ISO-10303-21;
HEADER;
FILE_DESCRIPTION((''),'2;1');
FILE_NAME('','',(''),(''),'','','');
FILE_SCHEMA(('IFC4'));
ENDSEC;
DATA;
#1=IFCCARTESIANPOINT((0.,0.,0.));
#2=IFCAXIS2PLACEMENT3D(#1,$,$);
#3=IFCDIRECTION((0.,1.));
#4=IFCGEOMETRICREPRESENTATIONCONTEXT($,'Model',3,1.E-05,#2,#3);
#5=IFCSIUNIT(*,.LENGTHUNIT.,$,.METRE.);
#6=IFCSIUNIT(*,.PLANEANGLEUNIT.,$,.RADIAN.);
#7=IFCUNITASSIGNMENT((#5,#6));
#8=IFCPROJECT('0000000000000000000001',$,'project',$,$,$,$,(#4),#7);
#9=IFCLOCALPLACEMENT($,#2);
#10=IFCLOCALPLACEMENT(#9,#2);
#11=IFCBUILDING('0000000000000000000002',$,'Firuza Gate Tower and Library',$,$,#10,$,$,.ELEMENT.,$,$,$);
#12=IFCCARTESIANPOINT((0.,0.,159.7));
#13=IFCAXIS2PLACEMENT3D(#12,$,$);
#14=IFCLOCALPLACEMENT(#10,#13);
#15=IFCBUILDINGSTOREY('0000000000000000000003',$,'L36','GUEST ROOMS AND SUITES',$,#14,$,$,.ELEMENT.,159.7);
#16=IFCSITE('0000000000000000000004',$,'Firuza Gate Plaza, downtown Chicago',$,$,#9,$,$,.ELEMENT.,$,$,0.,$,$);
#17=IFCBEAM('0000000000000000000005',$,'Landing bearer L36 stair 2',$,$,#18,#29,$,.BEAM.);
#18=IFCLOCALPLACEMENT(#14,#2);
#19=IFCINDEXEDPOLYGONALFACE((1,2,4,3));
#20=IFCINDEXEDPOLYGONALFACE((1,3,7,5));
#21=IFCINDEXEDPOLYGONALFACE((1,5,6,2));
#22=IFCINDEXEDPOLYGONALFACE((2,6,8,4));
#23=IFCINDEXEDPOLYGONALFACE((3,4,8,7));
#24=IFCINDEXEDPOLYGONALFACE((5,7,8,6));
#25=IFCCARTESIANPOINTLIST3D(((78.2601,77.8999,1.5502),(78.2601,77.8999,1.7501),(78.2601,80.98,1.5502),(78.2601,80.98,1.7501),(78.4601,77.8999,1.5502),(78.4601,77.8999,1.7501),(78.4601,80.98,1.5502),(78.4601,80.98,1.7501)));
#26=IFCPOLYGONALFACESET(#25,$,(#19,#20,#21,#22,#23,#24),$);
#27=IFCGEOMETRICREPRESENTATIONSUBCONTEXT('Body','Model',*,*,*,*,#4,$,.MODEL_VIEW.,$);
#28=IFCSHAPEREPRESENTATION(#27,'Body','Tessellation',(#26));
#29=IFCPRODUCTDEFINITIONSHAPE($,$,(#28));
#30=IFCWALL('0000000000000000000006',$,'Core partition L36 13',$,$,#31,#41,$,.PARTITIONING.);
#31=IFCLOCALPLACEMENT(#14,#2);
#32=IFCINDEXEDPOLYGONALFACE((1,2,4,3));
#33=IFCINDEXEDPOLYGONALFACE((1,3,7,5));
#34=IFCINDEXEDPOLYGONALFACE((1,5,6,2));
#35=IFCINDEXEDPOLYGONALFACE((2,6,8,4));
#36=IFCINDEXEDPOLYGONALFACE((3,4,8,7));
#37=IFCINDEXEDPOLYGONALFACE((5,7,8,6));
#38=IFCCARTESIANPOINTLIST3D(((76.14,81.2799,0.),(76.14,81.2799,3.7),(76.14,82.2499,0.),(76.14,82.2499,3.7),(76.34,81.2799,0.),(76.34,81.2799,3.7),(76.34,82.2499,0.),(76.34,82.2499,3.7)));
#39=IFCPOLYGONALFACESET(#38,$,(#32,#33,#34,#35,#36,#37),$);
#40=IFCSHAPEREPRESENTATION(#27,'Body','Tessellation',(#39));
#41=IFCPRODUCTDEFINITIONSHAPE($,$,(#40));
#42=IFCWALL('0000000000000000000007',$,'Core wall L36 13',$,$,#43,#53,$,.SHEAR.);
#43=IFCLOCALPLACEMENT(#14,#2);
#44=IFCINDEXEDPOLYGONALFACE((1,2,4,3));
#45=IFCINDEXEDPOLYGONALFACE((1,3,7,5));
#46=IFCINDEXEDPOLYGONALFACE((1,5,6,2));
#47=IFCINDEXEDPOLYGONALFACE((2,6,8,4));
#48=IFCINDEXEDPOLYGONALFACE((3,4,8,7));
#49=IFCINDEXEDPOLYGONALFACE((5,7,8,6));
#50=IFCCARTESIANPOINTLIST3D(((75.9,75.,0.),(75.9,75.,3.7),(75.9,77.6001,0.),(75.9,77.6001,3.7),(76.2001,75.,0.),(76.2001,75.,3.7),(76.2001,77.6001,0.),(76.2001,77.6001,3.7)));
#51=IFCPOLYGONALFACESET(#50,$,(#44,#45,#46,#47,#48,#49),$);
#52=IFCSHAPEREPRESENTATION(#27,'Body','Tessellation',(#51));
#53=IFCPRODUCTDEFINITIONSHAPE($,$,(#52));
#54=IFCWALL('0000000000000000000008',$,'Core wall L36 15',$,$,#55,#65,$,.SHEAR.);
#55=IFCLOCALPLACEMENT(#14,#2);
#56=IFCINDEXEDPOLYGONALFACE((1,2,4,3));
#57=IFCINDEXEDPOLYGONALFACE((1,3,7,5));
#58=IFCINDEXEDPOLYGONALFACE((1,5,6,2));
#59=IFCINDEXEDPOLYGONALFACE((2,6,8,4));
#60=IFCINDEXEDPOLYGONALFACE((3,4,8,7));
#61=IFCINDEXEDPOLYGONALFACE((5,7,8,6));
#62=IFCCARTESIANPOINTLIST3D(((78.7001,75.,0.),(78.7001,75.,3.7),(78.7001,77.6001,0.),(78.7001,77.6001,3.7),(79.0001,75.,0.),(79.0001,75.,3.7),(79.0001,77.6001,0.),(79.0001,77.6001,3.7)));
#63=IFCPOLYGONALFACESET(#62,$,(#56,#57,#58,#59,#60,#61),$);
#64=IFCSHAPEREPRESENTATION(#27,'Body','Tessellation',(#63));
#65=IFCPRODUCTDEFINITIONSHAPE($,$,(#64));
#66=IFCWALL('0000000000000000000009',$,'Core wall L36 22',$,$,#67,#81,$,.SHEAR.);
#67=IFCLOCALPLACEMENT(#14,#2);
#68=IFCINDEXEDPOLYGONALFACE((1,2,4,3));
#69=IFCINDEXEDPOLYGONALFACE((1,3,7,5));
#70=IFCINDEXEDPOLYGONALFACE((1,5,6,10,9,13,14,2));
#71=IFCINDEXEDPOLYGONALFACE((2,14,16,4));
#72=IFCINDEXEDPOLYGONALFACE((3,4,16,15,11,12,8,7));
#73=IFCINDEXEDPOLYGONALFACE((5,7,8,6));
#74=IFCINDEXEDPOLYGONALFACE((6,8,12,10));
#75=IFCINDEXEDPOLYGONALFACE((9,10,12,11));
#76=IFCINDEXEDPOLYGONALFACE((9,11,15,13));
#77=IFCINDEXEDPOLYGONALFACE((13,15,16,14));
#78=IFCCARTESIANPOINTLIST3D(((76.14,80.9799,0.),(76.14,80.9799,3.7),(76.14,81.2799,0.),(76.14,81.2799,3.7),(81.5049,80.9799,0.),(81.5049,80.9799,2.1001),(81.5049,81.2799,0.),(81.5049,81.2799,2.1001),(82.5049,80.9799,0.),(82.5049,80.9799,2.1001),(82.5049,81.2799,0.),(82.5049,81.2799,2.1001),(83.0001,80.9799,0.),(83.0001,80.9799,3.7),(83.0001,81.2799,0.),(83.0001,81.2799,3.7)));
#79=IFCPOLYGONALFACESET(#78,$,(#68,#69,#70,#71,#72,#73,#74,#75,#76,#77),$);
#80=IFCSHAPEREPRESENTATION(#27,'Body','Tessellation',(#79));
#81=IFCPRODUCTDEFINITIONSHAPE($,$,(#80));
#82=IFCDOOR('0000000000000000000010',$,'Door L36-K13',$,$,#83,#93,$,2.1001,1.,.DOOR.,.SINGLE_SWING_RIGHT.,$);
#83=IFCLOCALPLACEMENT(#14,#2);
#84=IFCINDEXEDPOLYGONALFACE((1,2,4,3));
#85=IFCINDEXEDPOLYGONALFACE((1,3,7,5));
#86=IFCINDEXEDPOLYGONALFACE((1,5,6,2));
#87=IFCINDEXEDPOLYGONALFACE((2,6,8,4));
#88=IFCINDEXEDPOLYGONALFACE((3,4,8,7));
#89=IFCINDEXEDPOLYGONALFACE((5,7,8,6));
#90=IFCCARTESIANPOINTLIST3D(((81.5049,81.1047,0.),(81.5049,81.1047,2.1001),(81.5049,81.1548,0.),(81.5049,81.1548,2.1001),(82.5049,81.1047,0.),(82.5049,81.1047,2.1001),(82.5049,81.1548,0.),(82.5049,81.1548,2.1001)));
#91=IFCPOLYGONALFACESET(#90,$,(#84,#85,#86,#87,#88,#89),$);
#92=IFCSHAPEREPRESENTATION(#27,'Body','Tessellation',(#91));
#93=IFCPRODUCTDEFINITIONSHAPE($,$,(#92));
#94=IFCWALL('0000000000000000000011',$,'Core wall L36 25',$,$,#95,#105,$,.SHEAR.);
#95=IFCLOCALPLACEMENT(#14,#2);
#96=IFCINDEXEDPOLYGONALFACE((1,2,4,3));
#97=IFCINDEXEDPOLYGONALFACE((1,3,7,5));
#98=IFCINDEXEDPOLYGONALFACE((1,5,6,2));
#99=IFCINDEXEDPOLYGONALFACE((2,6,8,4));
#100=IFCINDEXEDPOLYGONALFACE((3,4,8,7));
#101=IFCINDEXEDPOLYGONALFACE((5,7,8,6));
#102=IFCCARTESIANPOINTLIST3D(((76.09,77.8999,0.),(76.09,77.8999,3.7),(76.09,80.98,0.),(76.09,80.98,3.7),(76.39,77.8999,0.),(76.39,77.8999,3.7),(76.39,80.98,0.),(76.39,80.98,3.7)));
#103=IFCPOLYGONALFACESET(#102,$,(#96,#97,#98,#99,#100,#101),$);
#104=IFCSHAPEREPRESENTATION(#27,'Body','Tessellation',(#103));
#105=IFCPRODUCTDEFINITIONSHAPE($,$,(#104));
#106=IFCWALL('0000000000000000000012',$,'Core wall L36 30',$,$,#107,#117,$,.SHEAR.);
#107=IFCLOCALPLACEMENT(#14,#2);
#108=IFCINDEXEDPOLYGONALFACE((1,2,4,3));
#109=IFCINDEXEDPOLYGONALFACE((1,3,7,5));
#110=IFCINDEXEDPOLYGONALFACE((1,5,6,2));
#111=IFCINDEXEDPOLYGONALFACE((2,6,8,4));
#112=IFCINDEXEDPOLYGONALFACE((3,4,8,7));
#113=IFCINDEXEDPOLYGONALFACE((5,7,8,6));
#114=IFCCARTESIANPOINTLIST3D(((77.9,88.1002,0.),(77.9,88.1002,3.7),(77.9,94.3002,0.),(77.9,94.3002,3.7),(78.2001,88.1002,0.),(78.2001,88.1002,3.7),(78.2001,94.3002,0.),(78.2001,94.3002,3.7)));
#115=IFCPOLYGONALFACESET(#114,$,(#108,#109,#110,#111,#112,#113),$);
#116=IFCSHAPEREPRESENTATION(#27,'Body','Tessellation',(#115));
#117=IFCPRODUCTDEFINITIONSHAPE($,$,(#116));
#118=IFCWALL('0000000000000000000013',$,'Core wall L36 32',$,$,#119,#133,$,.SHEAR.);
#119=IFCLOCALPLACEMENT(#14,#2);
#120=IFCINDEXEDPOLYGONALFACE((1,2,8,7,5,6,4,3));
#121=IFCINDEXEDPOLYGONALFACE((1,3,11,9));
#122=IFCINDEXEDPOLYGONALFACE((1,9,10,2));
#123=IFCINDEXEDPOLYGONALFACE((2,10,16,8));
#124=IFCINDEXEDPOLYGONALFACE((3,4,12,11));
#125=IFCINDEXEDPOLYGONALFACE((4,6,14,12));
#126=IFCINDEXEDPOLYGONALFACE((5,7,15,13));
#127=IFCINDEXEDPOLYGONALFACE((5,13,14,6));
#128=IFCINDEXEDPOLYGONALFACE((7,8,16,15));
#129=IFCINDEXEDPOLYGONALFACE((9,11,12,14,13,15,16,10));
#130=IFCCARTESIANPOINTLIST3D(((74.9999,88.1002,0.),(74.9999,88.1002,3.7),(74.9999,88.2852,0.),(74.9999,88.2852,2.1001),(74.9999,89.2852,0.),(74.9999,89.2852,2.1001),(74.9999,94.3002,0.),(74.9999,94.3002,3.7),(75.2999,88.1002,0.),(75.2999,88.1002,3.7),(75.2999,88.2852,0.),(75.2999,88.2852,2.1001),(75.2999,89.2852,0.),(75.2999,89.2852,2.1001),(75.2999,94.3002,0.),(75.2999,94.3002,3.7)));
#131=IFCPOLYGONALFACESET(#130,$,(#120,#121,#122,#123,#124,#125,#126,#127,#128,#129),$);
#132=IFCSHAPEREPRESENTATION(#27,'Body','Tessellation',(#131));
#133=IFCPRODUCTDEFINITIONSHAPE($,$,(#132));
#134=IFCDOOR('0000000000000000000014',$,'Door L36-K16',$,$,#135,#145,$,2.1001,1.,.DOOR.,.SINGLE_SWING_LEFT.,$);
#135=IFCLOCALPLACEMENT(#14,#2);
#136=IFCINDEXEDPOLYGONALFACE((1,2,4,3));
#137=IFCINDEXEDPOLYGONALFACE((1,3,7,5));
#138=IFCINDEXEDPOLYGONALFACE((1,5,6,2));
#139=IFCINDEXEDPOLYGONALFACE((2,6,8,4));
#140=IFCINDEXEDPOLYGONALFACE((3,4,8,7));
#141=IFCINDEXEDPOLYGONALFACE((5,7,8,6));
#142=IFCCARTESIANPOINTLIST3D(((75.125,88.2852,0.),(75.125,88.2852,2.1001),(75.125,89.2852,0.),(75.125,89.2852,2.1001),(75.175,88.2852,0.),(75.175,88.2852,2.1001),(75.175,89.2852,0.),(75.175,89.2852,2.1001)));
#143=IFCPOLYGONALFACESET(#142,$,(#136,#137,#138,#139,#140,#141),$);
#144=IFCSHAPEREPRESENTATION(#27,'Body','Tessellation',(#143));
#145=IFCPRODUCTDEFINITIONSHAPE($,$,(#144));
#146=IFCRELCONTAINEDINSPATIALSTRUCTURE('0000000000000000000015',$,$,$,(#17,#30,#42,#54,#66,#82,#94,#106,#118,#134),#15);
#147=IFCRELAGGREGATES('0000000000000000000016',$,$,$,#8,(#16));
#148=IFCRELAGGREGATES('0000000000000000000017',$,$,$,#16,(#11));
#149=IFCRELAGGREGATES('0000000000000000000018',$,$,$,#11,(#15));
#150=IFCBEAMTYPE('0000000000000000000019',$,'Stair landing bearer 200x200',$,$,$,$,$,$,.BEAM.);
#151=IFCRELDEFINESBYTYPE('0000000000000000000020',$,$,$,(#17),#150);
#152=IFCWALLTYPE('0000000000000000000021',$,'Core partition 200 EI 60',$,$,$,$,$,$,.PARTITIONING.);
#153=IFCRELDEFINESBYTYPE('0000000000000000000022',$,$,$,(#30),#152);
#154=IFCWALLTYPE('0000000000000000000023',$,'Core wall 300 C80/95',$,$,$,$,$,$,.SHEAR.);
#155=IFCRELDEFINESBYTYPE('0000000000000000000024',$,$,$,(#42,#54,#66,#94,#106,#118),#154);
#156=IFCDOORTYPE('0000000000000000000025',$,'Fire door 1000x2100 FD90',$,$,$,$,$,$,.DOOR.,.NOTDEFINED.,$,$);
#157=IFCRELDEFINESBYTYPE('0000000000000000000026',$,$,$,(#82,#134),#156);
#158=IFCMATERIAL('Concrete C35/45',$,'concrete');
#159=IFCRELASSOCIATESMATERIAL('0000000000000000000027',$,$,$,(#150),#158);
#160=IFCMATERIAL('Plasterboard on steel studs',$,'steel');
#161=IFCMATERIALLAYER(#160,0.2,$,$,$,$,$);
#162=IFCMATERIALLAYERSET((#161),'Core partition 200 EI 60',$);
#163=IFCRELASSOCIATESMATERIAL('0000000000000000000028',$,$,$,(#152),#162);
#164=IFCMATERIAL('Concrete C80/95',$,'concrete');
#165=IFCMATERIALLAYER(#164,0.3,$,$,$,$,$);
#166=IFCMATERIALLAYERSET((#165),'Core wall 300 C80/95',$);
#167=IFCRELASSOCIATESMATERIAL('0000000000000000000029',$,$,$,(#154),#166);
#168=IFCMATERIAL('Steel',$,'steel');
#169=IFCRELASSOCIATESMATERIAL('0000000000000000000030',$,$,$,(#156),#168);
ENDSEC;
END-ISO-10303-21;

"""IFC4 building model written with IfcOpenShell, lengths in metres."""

from ifc_helpers import new_model, si_unit, direction, frame, frame_2d, origin, origin_2d, place, context, subcontext, project, spatial, rectangle, extrude, material, layer, layer_set, material_profile, profile_set, type_object, element, fill, save


model = new_model("IFC4")

# Units and contexts
model_context = context("Model", 3, precision=1e-05, world=origin(), true_north=direction((0.0, 1.0)))
body_context = subcontext(model_context, "Body", "Model", "MODEL_VIEW")
ifc_project = project(units=[si_unit("LENGTHUNIT", "METRE"), si_unit("PLANEANGLEUNIT", "RADIAN")], contexts=[model_context])

# Site, building, storey
site_placement = place(None, origin())
site = spatial("IfcSite", under=ifc_project, at=site_placement, Name="Firuza Gate Plaza, downtown Chicago", CompositionType="ELEMENT", RefElevation=0.0)
building_placement = place(site_placement, origin())
building = spatial("IfcBuilding", under=site, at=building_placement, Name="Firuza Gate Tower and Library", CompositionType="ELEMENT")
storey_placement = place(building_placement, frame((0.0, 0.0, 159.7)))
storey = spatial("IfcBuildingStorey", under=building, at=storey_placement, Name="L36", Description="GUEST ROOMS AND SUITES", CompositionType="ELEMENT", Elevation=159.7)

# Beam
ifc_material_1 = material(Name="Concrete C35/45", Category="concrete")
ifc_material_profile = material_profile(ifc_material_1, rectangle(XDim=0.2, YDim=0.2, at=origin_2d()))
ifc_profile_set = profile_set([ifc_material_profile], Name="Concrete C35/45")
beam_type = type_object("IfcBeamType", Name="Stair landing bearer 200x200", PredefinedType="BEAM", material=ifc_profile_set)
beam_placement = place(storey_placement, frame((78.3601, 80.98, 1.6501), z_axis=(0.0, -1.0, 0.0), x_axis=(1.0, 0.0, 0.0)))
element("IfcBeam", 1, at=beam_placement, inside=storey, type_object=beam_type, Name="Landing bearer L36 stair 2", PredefinedType="BEAM", context=body_context, shape_type="SweptSolid", body=[
    extrude(rectangle(XDim=0.2, YDim=0.2, at=origin_2d()), origin(), (0.0, 0.0, 1.0), 3.0801),
])

# Walls
ifc_material_2 = material(Name="Plasterboard on steel studs", Category="steel")
ifc_layer_1 = layer(ifc_material_2, 0.2)
ifc_layer_set_1 = layer_set([ifc_layer_1], Name="Core partition 200 EI 60")
wall_type_1 = type_object("IfcWallType", Name="Core partition 200 EI 60", PredefinedType="PARTITIONING", material=ifc_layer_set_1)
wall_1_placement = place(storey_placement, frame((76.24, 81.28, 0.0), z_axis=(0.0, 0.0, 1.0), x_axis=(0.0, 1.0, 0.0)))
element("IfcWall", 2, at=wall_1_placement, inside=storey, type_object=wall_type_1, Name="Core partition L36 13", PredefinedType="PARTITIONING", context=body_context, shape_type="SweptSolid", body=[
    extrude(rectangle(XDim=0.97, YDim=0.2, at=frame_2d((0.4849, 0.0))), origin(), (0.0, 0.0, 1.0), 3.7),
])
ifc_material_3 = material(Name="Concrete C80/95", Category="concrete")
ifc_layer_2 = layer(ifc_material_3, 0.3)
ifc_layer_set_2 = layer_set([ifc_layer_2], Name="Core wall 300 C80/95")
wall_type_2 = type_object("IfcWallType", Name="Core wall 300 C80/95", PredefinedType="SHEAR", material=ifc_layer_set_2)
for number, where, z_axis, x_axis, name in (
    (3, (76.05, 75.0, 0.0), (0.0, 0.0, 1.0), (0.0, 1.0, 0.0), "Core wall L36 13"),
    (4, (78.8501, 75.0, 0.0), (0.0, 0.0, 1.0), (0.0, 1.0, 0.0), "Core wall L36 15"),
):
    element("IfcWall", number, at=place(storey_placement, frame(where, z_axis=z_axis, x_axis=x_axis)), inside=storey, type_object=wall_type_2, Name=name, PredefinedType="SHEAR", context=body_context, shape_type="SweptSolid", body=[
        extrude(rectangle(XDim=2.6001, YDim=0.3, at=frame_2d((1.3, 0.0))), origin(), (0.0, 0.0, 1.0), 3.7),
    ])

# Wall, opening, door
wall_2_placement = place(storey_placement, frame((76.1399, 81.1299, 0.0), z_axis=(0.0, 0.0, 1.0), x_axis=(1.0, 0.0, 0.0)))
wall_2 = element("IfcWall", 5, at=wall_2_placement, inside=storey, type_object=wall_type_2, Name="Core wall L36 22", PredefinedType="SHEAR", context=body_context, shape_type="SweptSolid", body=[
    extrude(rectangle(XDim=6.8601, YDim=0.3, at=frame_2d((3.4302, 0.0))), origin(), (0.0, 0.0, 1.0), 3.7),
])
opening_1_placement = place(wall_2_placement, frame((5.365, 0.0, 0.0)))
opening_1 = element("IfcOpeningElement", 6, at=opening_1_placement, cuts=wall_2, PredefinedType="OPENING", context=body_context, shape_type="SweptSolid", body=[
    extrude(rectangle(XDim=1.0, YDim=2.1001, at=frame_2d((0.5, 1.05))), frame((0.0, 0.1602, 0.0), z_axis=(0.0, -1.0, 0.0), x_axis=(1.0, 0.0, 0.0)), (0.0, 0.0, 1.0), 0.3201),
])
ifc_material_4 = material(Name="Steel", Category="steel")
door_type_1 = type_object("IfcDoorType", Name="Fire door 1000x2100 FD90", OperationType="NOTDEFINED", PredefinedType="DOOR", material=ifc_material_4)
door_1_placement = place(opening_1_placement, origin())
door_1 = element("IfcDoor", 7, at=door_1_placement, inside=storey, type_object=door_type_1, Name="Door L36-K13", OperationType="SINGLE_SWING_RIGHT", OverallHeight=2.1001, OverallWidth=1.0, PredefinedType="DOOR", context=body_context, shape_type="SweptSolid", body=[
    extrude(rectangle(XDim=1.0, YDim=2.1001, at=frame_2d((0.5, 1.05))), frame((0.0, 0.0249, 0.0), z_axis=(0.0, -1.0, 0.0), x_axis=(1.0, 0.0, 0.0)), (0.0, 0.0, 1.0), 0.05),
])
fill(opening_1, door_1)

# Walls
wall_3_placement = place(storey_placement, frame((76.24, 77.8999, 0.0), z_axis=(0.0, 0.0, 1.0), x_axis=(0.0, 1.0, 0.0)))
element("IfcWall", 8, at=wall_3_placement, inside=storey, type_object=wall_type_2, Name="Core wall L36 25", PredefinedType="SHEAR", context=body_context, shape_type="SweptSolid", body=[
    extrude(rectangle(XDim=3.0801, YDim=0.3, at=frame_2d((1.54, 0.0))), origin(), (0.0, 0.0, 1.0), 3.7),
])
wall_4_placement = place(storey_placement, frame((78.05, 88.1001, 0.0), z_axis=(0.0, 0.0, 1.0), x_axis=(0.0, 1.0, 0.0)))
element("IfcWall", 9, at=wall_4_placement, inside=storey, type_object=wall_type_2, Name="Core wall L36 30", PredefinedType="SHEAR", context=body_context, shape_type="SweptSolid", body=[
    extrude(rectangle(XDim=6.2, YDim=0.3, at=frame_2d((3.1001, 0.0))), origin(), (0.0, 0.0, 1.0), 3.7),
])

# Wall, opening, door
wall_5_placement = place(storey_placement, frame((75.1499, 88.1001, 0.0), z_axis=(0.0, 0.0, 1.0), x_axis=(0.0, 1.0, 0.0)))
wall_5 = element("IfcWall", 10, at=wall_5_placement, inside=storey, type_object=wall_type_2, Name="Core wall L36 32", PredefinedType="SHEAR", context=body_context, shape_type="SweptSolid", body=[
    extrude(rectangle(XDim=6.2, YDim=0.3, at=frame_2d((3.1001, 0.0))), origin(), (0.0, 0.0, 1.0), 3.7),
])
opening_2_placement = place(wall_5_placement, frame((0.1851, 0.0, 0.0)))
opening_2 = element("IfcOpeningElement", 11, at=opening_2_placement, cuts=wall_5, PredefinedType="OPENING", context=body_context, shape_type="SweptSolid", body=[
    extrude(rectangle(XDim=1.0, YDim=2.1001, at=frame_2d((0.5, 1.05))), frame((0.0, 0.1602, 0.0), z_axis=(0.0, -1.0, 0.0), x_axis=(1.0, 0.0, 0.0)), (0.0, 0.0, 1.0), 0.3201),
])
door_2_placement = place(opening_2_placement, origin())
door_2 = element("IfcDoor", 12, at=door_2_placement, inside=storey, type_object=door_type_1, Name="Door L36-K16", OperationType="SINGLE_SWING_LEFT", OverallHeight=2.1001, OverallWidth=1.0, PredefinedType="DOOR", context=body_context, shape_type="SweptSolid", body=[
    extrude(rectangle(XDim=1.0, YDim=2.1001, at=frame_2d((0.5, 1.05))), frame((0.0, 0.0249, 0.0), z_axis=(0.0, -1.0, 0.0), x_axis=(1.0, 0.0, 0.0)), (0.0, 0.0, 1.0), 0.05),
])
fill(opening_2, door_2)

save(model, "model.ifc")
